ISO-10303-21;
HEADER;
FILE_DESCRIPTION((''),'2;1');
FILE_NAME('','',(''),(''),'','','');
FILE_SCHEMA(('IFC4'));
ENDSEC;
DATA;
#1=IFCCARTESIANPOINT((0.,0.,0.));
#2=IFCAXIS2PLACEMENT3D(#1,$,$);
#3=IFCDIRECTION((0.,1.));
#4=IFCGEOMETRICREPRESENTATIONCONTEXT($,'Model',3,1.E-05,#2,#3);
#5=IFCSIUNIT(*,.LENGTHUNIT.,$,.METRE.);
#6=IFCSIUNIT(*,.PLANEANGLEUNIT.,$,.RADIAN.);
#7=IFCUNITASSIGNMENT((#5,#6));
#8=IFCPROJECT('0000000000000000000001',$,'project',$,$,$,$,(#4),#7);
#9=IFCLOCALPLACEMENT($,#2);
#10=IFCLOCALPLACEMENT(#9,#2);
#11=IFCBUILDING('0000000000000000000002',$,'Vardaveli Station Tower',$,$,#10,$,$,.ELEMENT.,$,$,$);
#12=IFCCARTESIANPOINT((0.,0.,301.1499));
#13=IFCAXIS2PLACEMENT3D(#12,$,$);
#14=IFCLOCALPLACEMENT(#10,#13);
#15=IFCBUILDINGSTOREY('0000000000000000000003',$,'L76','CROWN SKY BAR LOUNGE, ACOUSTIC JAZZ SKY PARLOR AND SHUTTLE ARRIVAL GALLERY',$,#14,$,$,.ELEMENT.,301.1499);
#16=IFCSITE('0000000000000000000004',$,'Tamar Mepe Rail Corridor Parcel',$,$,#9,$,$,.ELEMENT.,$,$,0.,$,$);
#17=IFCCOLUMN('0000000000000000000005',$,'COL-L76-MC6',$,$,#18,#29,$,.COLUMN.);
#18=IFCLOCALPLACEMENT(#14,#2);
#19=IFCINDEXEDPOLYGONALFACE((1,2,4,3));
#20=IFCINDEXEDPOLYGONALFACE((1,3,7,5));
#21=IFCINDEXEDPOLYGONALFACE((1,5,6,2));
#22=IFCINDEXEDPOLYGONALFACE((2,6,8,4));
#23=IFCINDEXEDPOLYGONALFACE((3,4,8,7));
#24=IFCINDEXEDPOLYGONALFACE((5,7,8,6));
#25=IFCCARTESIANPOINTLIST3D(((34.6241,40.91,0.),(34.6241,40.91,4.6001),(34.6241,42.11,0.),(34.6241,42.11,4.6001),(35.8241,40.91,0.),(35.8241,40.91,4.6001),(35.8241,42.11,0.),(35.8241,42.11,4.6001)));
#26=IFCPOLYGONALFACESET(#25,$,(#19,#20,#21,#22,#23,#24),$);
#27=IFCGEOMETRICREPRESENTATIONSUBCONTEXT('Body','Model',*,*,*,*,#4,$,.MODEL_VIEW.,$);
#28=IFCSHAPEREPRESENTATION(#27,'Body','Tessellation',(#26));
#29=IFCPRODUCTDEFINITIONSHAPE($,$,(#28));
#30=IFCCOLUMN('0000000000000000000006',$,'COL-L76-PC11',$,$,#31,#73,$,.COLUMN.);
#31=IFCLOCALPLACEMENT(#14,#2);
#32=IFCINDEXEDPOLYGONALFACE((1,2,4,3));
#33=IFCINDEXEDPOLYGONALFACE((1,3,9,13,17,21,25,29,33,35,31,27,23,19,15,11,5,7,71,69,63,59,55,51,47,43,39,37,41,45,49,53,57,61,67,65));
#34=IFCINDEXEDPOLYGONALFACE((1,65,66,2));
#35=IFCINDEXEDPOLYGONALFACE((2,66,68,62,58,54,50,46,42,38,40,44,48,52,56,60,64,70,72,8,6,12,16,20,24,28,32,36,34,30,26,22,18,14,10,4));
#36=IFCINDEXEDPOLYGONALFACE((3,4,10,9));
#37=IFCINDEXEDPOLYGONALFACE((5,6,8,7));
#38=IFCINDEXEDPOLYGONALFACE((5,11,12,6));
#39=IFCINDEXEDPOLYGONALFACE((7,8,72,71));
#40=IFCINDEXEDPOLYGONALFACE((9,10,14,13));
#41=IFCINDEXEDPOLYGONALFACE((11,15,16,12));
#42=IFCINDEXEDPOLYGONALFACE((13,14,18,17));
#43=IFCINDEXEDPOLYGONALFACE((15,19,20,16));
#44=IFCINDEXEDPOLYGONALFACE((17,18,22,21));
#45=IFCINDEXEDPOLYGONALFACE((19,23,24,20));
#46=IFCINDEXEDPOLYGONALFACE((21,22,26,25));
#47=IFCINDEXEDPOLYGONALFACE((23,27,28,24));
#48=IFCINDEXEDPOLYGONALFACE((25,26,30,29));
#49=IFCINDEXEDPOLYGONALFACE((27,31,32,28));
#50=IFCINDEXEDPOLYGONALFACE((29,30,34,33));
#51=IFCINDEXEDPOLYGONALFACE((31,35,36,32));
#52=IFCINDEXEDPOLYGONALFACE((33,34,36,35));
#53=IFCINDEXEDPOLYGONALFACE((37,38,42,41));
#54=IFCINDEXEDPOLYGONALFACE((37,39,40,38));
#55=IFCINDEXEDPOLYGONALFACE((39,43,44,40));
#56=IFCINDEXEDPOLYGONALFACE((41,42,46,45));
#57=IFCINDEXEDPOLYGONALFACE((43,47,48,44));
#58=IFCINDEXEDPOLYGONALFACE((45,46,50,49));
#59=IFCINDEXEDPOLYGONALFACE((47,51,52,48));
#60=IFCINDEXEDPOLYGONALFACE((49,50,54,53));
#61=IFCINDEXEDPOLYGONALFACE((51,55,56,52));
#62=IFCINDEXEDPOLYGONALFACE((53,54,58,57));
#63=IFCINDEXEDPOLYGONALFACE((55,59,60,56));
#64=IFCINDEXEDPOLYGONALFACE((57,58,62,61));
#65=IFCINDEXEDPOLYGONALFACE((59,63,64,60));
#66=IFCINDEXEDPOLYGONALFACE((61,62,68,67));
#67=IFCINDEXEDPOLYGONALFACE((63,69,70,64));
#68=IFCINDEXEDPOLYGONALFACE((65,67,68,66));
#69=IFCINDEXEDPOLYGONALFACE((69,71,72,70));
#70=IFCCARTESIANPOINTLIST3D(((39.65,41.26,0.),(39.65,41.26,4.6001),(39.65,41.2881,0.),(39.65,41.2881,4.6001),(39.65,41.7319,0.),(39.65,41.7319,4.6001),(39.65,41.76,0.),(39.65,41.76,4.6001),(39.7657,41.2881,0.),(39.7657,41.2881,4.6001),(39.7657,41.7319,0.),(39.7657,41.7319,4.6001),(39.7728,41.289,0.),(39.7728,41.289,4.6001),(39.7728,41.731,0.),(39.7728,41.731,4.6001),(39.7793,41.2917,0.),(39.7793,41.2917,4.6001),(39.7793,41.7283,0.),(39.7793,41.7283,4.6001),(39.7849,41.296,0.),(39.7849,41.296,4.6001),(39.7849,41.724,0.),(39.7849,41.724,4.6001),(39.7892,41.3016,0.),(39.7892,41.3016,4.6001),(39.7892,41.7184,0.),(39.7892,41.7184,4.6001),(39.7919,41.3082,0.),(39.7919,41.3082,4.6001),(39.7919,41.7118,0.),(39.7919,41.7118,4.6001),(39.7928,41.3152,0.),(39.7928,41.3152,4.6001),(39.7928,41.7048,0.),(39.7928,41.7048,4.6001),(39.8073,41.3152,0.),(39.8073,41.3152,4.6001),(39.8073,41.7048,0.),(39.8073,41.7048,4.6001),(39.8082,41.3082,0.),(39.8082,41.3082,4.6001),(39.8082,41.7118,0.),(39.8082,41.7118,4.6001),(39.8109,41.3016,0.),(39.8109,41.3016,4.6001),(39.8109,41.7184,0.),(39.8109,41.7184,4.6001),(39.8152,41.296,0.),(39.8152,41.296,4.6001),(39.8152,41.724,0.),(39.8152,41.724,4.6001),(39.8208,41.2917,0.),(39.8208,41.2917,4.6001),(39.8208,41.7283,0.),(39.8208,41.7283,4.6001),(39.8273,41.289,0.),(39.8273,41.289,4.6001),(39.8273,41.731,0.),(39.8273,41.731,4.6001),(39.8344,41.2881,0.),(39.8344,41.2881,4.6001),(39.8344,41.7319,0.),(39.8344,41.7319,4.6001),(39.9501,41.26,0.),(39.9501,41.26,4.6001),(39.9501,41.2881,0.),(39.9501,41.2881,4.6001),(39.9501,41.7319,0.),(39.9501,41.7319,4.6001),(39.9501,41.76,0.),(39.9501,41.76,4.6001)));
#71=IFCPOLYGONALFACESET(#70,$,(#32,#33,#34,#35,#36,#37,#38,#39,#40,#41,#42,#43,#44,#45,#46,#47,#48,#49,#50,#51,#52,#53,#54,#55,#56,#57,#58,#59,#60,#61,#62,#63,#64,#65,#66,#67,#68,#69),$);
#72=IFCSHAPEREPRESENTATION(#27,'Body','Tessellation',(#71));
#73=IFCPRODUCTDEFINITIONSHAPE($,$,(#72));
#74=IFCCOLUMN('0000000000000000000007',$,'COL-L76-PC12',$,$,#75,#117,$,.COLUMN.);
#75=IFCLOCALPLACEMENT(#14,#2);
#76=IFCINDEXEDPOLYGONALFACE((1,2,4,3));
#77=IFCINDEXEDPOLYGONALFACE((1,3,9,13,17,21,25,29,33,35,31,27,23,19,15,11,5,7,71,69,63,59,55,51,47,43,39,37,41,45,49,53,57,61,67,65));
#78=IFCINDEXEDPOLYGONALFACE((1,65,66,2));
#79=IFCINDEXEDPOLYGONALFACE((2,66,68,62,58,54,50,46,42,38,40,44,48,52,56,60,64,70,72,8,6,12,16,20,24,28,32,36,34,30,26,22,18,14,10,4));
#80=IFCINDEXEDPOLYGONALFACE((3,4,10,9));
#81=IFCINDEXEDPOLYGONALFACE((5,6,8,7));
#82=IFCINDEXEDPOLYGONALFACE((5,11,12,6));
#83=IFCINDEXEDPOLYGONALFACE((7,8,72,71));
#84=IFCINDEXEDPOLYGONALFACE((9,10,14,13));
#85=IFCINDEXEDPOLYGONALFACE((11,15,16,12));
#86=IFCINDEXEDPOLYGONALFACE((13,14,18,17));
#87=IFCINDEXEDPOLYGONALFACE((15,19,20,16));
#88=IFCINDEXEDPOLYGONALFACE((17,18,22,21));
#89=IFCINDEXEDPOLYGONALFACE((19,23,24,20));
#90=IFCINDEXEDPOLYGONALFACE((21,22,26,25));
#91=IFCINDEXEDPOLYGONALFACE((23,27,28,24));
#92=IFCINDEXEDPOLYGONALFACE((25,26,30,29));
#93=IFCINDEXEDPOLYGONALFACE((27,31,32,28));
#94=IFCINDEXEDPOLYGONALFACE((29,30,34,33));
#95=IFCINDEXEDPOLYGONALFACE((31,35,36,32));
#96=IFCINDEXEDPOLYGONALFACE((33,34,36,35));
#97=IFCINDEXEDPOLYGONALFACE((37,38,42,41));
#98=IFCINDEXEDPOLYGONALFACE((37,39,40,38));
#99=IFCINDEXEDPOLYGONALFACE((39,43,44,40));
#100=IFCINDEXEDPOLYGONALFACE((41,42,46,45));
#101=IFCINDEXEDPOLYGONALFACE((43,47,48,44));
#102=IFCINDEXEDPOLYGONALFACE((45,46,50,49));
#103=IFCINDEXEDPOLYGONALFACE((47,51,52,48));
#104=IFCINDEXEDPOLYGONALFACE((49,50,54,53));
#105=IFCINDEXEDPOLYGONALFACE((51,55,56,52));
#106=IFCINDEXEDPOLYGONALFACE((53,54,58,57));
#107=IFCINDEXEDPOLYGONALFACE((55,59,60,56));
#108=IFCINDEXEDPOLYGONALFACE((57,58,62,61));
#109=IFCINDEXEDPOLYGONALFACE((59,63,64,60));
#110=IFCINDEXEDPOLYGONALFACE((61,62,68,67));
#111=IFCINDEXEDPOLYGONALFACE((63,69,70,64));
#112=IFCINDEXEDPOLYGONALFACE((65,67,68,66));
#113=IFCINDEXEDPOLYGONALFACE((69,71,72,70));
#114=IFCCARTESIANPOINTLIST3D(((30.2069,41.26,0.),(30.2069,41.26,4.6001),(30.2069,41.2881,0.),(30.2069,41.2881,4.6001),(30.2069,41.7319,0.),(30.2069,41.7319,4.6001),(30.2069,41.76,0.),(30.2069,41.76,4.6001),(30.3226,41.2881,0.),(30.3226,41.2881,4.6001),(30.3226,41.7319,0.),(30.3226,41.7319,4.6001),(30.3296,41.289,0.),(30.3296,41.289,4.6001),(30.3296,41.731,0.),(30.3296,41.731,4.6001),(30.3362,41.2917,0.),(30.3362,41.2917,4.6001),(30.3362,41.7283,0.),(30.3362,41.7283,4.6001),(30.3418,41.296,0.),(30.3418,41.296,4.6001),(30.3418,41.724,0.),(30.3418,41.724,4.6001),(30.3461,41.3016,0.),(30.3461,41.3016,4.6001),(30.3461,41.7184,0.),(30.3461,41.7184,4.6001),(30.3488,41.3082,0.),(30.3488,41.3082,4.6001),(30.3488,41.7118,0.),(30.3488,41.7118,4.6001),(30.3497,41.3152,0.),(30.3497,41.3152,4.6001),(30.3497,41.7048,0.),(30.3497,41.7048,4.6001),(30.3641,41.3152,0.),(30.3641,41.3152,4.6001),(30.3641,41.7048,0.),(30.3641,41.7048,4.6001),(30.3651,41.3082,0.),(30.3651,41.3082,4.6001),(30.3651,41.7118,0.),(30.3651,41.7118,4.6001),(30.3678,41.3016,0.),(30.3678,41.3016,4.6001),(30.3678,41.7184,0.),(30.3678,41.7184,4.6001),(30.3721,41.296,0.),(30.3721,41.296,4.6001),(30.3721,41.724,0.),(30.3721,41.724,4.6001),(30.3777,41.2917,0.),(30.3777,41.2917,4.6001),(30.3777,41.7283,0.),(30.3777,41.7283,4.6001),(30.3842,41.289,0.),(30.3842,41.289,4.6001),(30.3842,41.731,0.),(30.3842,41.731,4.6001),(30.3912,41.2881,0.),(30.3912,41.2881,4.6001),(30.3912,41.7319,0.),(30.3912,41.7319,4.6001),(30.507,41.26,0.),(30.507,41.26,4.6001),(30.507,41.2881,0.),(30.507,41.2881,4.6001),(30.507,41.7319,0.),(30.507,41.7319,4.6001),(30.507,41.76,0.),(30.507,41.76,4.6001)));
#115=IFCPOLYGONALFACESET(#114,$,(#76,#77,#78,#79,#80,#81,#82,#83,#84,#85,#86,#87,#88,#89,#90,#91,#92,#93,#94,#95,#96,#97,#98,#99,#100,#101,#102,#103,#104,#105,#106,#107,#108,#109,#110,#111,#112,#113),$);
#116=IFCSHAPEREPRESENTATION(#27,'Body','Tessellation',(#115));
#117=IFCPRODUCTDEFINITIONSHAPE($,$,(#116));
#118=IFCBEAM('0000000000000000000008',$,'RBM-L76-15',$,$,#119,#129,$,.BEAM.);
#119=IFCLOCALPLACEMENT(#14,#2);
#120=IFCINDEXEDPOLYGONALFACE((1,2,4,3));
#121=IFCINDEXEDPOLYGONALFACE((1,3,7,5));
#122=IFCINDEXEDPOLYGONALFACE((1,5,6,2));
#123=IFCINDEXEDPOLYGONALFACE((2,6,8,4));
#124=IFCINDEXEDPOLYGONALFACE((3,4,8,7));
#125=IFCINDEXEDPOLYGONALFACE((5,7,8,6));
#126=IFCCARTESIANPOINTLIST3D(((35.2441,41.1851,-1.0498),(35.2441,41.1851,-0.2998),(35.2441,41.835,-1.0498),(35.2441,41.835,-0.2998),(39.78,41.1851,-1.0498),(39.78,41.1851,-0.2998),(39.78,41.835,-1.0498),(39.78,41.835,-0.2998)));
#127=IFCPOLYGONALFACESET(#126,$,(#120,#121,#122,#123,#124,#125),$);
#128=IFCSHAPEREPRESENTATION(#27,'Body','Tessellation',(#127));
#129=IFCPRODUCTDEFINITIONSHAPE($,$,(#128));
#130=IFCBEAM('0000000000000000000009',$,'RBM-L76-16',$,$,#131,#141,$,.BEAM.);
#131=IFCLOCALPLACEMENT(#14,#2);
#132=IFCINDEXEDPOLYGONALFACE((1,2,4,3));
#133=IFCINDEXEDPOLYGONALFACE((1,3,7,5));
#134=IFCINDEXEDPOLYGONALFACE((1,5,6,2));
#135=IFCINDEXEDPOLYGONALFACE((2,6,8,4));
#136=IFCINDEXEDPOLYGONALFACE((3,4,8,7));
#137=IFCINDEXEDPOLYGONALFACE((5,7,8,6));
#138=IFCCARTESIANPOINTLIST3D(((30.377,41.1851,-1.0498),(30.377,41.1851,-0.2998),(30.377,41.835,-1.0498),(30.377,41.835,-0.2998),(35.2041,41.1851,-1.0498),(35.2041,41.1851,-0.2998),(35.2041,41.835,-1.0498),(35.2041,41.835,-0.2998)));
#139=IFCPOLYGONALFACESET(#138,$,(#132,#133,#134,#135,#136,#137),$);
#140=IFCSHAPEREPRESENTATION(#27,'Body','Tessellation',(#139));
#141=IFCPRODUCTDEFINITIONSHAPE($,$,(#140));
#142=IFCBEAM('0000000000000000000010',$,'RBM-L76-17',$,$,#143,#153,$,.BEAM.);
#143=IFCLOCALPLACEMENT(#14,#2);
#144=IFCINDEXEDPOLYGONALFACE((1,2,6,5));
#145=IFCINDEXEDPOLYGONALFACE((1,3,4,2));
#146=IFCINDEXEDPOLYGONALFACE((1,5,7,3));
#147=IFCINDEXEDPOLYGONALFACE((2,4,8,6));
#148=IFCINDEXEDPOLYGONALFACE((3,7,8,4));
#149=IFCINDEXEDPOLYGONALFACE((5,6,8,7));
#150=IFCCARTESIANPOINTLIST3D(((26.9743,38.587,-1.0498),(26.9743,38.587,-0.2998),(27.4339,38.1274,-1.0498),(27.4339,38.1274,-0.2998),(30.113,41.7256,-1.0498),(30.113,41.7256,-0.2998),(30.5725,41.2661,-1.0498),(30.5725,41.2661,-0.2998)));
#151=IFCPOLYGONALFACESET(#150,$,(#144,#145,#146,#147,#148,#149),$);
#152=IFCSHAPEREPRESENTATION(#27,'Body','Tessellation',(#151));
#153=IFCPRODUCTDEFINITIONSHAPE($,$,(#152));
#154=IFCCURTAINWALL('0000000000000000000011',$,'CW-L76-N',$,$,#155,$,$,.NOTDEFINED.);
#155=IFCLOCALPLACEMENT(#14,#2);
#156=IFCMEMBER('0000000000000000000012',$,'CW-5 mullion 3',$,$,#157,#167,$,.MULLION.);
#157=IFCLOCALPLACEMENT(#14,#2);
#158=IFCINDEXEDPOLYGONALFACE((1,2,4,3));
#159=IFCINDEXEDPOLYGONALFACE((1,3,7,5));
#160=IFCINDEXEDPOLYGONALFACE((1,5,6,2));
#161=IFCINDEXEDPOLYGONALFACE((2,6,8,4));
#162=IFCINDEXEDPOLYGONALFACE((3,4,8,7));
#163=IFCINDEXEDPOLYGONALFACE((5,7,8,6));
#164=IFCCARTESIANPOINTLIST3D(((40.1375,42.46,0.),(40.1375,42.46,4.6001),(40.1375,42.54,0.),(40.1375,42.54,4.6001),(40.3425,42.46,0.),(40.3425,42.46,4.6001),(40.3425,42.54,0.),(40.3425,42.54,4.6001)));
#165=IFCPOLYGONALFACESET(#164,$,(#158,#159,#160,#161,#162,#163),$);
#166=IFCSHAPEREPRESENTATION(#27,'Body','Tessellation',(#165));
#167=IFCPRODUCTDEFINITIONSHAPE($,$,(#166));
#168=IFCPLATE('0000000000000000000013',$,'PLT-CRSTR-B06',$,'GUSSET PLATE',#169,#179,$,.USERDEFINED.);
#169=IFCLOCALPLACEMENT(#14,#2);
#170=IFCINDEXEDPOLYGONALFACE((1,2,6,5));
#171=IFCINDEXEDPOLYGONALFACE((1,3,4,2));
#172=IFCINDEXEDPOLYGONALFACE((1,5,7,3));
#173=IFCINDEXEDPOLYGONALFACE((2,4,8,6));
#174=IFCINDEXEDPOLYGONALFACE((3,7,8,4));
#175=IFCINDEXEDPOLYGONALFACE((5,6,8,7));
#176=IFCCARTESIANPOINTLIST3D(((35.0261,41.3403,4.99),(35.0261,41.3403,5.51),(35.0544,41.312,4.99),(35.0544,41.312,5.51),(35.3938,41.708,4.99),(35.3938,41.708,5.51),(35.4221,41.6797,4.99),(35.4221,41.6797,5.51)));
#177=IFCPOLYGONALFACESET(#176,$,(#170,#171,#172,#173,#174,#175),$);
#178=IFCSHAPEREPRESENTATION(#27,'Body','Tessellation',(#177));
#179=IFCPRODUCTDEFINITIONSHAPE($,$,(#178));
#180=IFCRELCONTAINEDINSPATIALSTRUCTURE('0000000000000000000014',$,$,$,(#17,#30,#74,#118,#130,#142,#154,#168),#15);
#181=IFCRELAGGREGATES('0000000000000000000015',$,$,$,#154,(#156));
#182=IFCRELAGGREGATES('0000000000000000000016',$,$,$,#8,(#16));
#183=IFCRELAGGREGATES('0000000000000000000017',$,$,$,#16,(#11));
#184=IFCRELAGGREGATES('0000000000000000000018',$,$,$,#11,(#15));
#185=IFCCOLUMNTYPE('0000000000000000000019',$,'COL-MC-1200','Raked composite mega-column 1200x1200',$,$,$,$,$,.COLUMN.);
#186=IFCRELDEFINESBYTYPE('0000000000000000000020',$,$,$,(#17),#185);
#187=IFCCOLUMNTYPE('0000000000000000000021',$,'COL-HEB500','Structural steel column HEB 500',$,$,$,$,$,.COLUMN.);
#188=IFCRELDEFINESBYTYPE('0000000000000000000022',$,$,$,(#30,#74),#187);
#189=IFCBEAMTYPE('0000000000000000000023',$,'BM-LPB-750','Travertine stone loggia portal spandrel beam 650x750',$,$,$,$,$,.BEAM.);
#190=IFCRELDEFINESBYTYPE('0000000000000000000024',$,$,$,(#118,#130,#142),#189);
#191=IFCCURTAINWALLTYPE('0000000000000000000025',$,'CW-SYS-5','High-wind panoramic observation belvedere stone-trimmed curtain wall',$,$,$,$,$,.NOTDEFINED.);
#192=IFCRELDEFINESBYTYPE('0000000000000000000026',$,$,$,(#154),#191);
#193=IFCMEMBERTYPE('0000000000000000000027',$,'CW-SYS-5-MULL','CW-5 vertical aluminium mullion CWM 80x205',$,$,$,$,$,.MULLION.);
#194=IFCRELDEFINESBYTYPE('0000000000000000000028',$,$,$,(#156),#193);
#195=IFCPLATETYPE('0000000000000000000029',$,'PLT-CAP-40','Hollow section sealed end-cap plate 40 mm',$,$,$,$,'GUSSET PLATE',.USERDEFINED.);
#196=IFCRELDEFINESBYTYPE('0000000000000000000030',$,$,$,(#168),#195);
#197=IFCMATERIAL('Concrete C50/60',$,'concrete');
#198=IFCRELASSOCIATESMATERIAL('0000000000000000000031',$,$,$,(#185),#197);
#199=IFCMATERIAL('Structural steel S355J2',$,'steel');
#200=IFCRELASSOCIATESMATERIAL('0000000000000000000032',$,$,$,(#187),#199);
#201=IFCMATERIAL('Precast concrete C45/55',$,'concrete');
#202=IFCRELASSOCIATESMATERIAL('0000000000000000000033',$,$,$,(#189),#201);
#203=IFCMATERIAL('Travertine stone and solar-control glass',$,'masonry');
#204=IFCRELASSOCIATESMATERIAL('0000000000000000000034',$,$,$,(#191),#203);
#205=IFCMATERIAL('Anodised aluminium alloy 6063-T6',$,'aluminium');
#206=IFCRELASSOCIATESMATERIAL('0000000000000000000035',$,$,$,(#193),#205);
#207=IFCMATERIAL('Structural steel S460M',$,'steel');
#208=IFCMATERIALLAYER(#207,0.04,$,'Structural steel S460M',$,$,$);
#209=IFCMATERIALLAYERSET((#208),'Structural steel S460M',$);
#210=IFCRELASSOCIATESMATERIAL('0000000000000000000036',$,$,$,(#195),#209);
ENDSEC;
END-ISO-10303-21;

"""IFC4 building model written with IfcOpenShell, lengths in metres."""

from ifc_helpers import new_model, si_unit, direction, frame, origin, origin_2d, place, context, subcontext, project, spatial, rectangle, i_section, extrude, source, transform, mapped, material, layer, layer_set, material_profile, profile_set, type_object, element, aggregate, save


model = new_model("IFC4")

# Units and contexts
model_context = context("Model", 3, precision=1e-05, world=origin(), true_north=direction((0.0, 1.0)))
body_context = subcontext(model_context, "Body", "Model", "MODEL_VIEW")
ifc_project = project(units=[si_unit("LENGTHUNIT", "METRE"), si_unit("PLANEANGLEUNIT", "RADIAN")], contexts=[model_context])

# Site, building, storey
site_placement = place(None, origin())
site = spatial("IfcSite", under=ifc_project, at=site_placement, Name="Tamar Mepe Rail Corridor Parcel", CompositionType="ELEMENT", RefElevation=0.0)
building_placement = place(site_placement, origin())
building = spatial("IfcBuilding", under=site, at=building_placement, Name="Vardaveli Station Tower", CompositionType="ELEMENT")
storey_placement = place(building_placement, frame((0.0, 0.0, 301.1499)))
storey = spatial("IfcBuildingStorey", under=building, at=storey_placement, Name="L76", Description="CROWN SKY BAR LOUNGE, ACOUSTIC JAZZ SKY PARLOR AND SHUTTLE ARRIVAL GALLERY", CompositionType="ELEMENT", Elevation=301.1499)

# Columns
ifc_material_1 = material(Name="Concrete C50/60", Category="concrete")
ifc_material_profile_1 = material_profile(ifc_material_1, rectangle(XDim=1.2, YDim=1.2, at=origin_2d()), Name="MC 1200x1200")
ifc_profile_set_1 = profile_set([ifc_material_profile_1], Name="Concrete C50/60")
column_type_1 = type_object("IfcColumnType", Name="COL-MC-1200", Description="Raked composite mega-column 1200x1200", PredefinedType="COLUMN", material=ifc_profile_set_1)
shared_shape_1 = source(origin(), body_context, "Body", "SweptSolid", [
    extrude(rectangle(XDim=1.2, YDim=1.2, at=origin_2d()), origin(), (0.0, 0.0, 1.0), 4.6001),
])
column_placement = place(storey_placement, frame((35.2241, 41.51, 0.0), z_axis=(0.0, 0.0, 1.0), x_axis=(1.0, 0.0, 0.0)))
element("IfcColumn", 1, at=column_placement, inside=storey, type_object=column_type_1, Name="COL-L76-MC6", PredefinedType="COLUMN", context=body_context, shape_type="MappedRepresentation", body=[
    mapped(shared_shape_1, transform((0.0, 0.0, 0.0), scale=1.0)),
])
ifc_material_2 = material(Name="Structural steel S355J2", Category="steel")
ifc_material_profile_2 = material_profile(ifc_material_2, i_section(OverallWidth=0.3, OverallDepth=0.5, WebThickness=0.0144, FlangeThickness=0.0281, FilletRadius=0.0271, at=origin_2d()), Name="HEB 500")
ifc_profile_set_2 = profile_set([ifc_material_profile_2], Name="Structural steel S355J2")
column_type_2 = type_object("IfcColumnType", Name="COL-HEB500", Description="Structural steel column HEB 500", PredefinedType="COLUMN", material=ifc_profile_set_2)
shared_shape_2 = source(origin(), body_context, "Body", "SweptSolid", [
    extrude(i_section(OverallWidth=0.3, OverallDepth=0.5, WebThickness=0.0144, FlangeThickness=0.0281, FilletRadius=0.0271, at=origin_2d()), origin(), (0.0, 0.0, 1.0), 4.6001),
])
for number, where, z_axis, x_axis, name in (
    (2, (39.8, 41.51, 0.0), (0.0, 0.0, 1.0), (1.0, 0.0, 0.0), "COL-L76-PC11"),
    (3, (30.3569, 41.51, 0.0), (0.0, 0.0, 1.0), (1.0, 0.0, 0.0), "COL-L76-PC12"),
):
    element("IfcColumn", number, at=place(storey_placement, frame(where, z_axis=z_axis, x_axis=x_axis)), inside=storey, type_object=column_type_2, Name=name, PredefinedType="COLUMN", context=body_context, shape_type="MappedRepresentation", body=[
        mapped(shared_shape_2, transform((0.0, 0.0, 0.0), scale=1.0)),
    ])

# Beams
ifc_material_3 = material(Name="Precast concrete C45/55", Category="concrete")
ifc_material_profile_3 = material_profile(ifc_material_3, rectangle(XDim=0.6499, YDim=0.75, at=origin_2d()), Name="LPB 650x750")
ifc_profile_set_3 = profile_set([ifc_material_profile_3], Name="Precast concrete C45/55")
beam_type = type_object("IfcBeamType", Name="BM-LPB-750", Description="Travertine stone loggia portal spandrel beam 650x750", PredefinedType="BEAM", material=ifc_profile_set_3)
shared_shape_3 = source(origin(), body_context, "Body", "SweptSolid", [
    extrude(rectangle(XDim=0.6499, YDim=0.75, at=origin_2d()), origin(), (0.0, 0.0, 1.0), 4.5359),
])
beam_1_placement = place(storey_placement, frame((39.78, 41.51, -0.6748), z_axis=(-1.0, 0.0, 0.0), x_axis=(0.0, -1.0, 0.0)))
element("IfcBeam", 4, at=beam_1_placement, inside=storey, type_object=beam_type, Name="RBM-L76-15", PredefinedType="BEAM", context=body_context, shape_type="MappedRepresentation", body=[
    mapped(shared_shape_3, transform((0.0, 0.0, 0.0), scale=1.0)),
])
shared_shape_4 = source(origin(), body_context, "Body", "SweptSolid", [
    extrude(rectangle(XDim=0.6499, YDim=0.75, at=origin_2d()), origin(), (0.0, 0.0, 1.0), 4.8271),
])
beam_2_placement = place(storey_placement, frame((35.2041, 41.51, -0.6748), z_axis=(-1.0, 0.0, 0.0), x_axis=(0.0, -1.0, 0.0)))
element("IfcBeam", 5, at=beam_2_placement, inside=storey, type_object=beam_type, Name="RBM-L76-16", PredefinedType="BEAM", context=body_context, shape_type="MappedRepresentation", body=[
    mapped(shared_shape_4, transform((0.0, 0.0, 0.0), scale=1.0)),
])
shared_shape_5 = source(origin(), body_context, "Body", "SweptSolid", [
    extrude(rectangle(XDim=0.6499, YDim=0.75, at=origin_2d()), origin(), (0.0, 0.0, 1.0), 4.4387),
])
beam_3_placement = place(storey_placement, frame((30.3428, 41.4958, -0.6748), z_axis=(-0.707107, -0.707107, 0.0), x_axis=(0.707107, -0.707107, 0.0)))
element("IfcBeam", 6, at=beam_3_placement, inside=storey, type_object=beam_type, Name="RBM-L76-17", PredefinedType="BEAM", context=body_context, shape_type="MappedRepresentation", body=[
    mapped(shared_shape_5, transform((0.0, 0.0, 0.0), scale=1.0)),
])

# Curtain wall, member
ifc_material_4 = material(Name="Travertine stone and solar-control glass", Category="masonry")
curtain_wall_type = type_object("IfcCurtainWallType", Name="CW-SYS-5", Description="High-wind panoramic observation belvedere stone-trimmed curtain wall", PredefinedType="NOTDEFINED", material=ifc_material_4)
curtain_wall_placement = place(storey_placement, origin())
curtain_wall = element("IfcCurtainWall", 7, at=curtain_wall_placement, inside=storey, type_object=curtain_wall_type, Name="CW-L76-N", PredefinedType="NOTDEFINED")
ifc_material_5 = material(Name="Anodised aluminium alloy 6063-T6", Category="aluminium")
ifc_material_profile_4 = material_profile(ifc_material_5, rectangle(XDim=0.0801, YDim=0.2051, at=origin_2d()), Name="CWM 80x205")
ifc_profile_set_4 = profile_set([ifc_material_profile_4], Name="Anodised aluminium alloy 6063-T6")
member_type = type_object("IfcMemberType", Name="CW-SYS-5-MULL", Description="CW-5 vertical aluminium mullion CWM 80x205", PredefinedType="MULLION", material=ifc_profile_set_4)
shared_shape_6 = source(origin(), body_context, "Body", "SweptSolid", [
    extrude(rectangle(XDim=0.0801, YDim=0.2051, at=origin_2d()), origin(), (0.0, 0.0, 1.0), 4.6001),
])
member_placement = place(storey_placement, frame((40.24, 42.5, 0.0), z_axis=(0.0, 0.0, 1.0), x_axis=(0.0, -1.0, 0.0)))
member = element("IfcMember", 8, at=member_placement, type_object=member_type, Name="CW-5 mullion 3", PredefinedType="MULLION", context=body_context, shape_type="MappedRepresentation", body=[
    mapped(shared_shape_6, transform((0.0, 0.0, 0.0), scale=1.0)),
])
aggregate(curtain_wall, [member])

# Plate
ifc_material_6 = material(Name="Structural steel S460M", Category="steel")
ifc_layer_1 = layer(ifc_material_6, 0.04, Name="Structural steel S460M")
ifc_layer_set_1 = layer_set([ifc_layer_1], Name="Structural steel S460M")
plate_type = type_object("IfcPlateType", Name="PLT-CAP-40", Description="Hollow section sealed end-cap plate 40 mm", ElementType="GUSSET PLATE", PredefinedType="USERDEFINED", material=ifc_layer_set_1)
shared_shape_7 = source(origin(), body_context, "Body", "SweptSolid", [
    extrude(rectangle(XDim=0.52, YDim=0.04, at=origin_2d()), origin(), (0.0, 0.0, 1.0), 0.52),
])
plate_placement = place(storey_placement, frame((35.2241, 41.51, 4.99), z_axis=(0.0, 0.0, 1.0), x_axis=(-0.707107, -0.707107, 0.0)))
element("IfcPlate", 9, at=plate_placement, inside=storey, type_object=plate_type, Name="PLT-CRSTR-B06", ObjectType="GUSSET PLATE", PredefinedType="USERDEFINED", context=body_context, shape_type="MappedRepresentation", body=[
    mapped(shared_shape_7, transform((0.0, 0.0, 0.0), scale=1.0)),
])

save(model, "model.ifc")
